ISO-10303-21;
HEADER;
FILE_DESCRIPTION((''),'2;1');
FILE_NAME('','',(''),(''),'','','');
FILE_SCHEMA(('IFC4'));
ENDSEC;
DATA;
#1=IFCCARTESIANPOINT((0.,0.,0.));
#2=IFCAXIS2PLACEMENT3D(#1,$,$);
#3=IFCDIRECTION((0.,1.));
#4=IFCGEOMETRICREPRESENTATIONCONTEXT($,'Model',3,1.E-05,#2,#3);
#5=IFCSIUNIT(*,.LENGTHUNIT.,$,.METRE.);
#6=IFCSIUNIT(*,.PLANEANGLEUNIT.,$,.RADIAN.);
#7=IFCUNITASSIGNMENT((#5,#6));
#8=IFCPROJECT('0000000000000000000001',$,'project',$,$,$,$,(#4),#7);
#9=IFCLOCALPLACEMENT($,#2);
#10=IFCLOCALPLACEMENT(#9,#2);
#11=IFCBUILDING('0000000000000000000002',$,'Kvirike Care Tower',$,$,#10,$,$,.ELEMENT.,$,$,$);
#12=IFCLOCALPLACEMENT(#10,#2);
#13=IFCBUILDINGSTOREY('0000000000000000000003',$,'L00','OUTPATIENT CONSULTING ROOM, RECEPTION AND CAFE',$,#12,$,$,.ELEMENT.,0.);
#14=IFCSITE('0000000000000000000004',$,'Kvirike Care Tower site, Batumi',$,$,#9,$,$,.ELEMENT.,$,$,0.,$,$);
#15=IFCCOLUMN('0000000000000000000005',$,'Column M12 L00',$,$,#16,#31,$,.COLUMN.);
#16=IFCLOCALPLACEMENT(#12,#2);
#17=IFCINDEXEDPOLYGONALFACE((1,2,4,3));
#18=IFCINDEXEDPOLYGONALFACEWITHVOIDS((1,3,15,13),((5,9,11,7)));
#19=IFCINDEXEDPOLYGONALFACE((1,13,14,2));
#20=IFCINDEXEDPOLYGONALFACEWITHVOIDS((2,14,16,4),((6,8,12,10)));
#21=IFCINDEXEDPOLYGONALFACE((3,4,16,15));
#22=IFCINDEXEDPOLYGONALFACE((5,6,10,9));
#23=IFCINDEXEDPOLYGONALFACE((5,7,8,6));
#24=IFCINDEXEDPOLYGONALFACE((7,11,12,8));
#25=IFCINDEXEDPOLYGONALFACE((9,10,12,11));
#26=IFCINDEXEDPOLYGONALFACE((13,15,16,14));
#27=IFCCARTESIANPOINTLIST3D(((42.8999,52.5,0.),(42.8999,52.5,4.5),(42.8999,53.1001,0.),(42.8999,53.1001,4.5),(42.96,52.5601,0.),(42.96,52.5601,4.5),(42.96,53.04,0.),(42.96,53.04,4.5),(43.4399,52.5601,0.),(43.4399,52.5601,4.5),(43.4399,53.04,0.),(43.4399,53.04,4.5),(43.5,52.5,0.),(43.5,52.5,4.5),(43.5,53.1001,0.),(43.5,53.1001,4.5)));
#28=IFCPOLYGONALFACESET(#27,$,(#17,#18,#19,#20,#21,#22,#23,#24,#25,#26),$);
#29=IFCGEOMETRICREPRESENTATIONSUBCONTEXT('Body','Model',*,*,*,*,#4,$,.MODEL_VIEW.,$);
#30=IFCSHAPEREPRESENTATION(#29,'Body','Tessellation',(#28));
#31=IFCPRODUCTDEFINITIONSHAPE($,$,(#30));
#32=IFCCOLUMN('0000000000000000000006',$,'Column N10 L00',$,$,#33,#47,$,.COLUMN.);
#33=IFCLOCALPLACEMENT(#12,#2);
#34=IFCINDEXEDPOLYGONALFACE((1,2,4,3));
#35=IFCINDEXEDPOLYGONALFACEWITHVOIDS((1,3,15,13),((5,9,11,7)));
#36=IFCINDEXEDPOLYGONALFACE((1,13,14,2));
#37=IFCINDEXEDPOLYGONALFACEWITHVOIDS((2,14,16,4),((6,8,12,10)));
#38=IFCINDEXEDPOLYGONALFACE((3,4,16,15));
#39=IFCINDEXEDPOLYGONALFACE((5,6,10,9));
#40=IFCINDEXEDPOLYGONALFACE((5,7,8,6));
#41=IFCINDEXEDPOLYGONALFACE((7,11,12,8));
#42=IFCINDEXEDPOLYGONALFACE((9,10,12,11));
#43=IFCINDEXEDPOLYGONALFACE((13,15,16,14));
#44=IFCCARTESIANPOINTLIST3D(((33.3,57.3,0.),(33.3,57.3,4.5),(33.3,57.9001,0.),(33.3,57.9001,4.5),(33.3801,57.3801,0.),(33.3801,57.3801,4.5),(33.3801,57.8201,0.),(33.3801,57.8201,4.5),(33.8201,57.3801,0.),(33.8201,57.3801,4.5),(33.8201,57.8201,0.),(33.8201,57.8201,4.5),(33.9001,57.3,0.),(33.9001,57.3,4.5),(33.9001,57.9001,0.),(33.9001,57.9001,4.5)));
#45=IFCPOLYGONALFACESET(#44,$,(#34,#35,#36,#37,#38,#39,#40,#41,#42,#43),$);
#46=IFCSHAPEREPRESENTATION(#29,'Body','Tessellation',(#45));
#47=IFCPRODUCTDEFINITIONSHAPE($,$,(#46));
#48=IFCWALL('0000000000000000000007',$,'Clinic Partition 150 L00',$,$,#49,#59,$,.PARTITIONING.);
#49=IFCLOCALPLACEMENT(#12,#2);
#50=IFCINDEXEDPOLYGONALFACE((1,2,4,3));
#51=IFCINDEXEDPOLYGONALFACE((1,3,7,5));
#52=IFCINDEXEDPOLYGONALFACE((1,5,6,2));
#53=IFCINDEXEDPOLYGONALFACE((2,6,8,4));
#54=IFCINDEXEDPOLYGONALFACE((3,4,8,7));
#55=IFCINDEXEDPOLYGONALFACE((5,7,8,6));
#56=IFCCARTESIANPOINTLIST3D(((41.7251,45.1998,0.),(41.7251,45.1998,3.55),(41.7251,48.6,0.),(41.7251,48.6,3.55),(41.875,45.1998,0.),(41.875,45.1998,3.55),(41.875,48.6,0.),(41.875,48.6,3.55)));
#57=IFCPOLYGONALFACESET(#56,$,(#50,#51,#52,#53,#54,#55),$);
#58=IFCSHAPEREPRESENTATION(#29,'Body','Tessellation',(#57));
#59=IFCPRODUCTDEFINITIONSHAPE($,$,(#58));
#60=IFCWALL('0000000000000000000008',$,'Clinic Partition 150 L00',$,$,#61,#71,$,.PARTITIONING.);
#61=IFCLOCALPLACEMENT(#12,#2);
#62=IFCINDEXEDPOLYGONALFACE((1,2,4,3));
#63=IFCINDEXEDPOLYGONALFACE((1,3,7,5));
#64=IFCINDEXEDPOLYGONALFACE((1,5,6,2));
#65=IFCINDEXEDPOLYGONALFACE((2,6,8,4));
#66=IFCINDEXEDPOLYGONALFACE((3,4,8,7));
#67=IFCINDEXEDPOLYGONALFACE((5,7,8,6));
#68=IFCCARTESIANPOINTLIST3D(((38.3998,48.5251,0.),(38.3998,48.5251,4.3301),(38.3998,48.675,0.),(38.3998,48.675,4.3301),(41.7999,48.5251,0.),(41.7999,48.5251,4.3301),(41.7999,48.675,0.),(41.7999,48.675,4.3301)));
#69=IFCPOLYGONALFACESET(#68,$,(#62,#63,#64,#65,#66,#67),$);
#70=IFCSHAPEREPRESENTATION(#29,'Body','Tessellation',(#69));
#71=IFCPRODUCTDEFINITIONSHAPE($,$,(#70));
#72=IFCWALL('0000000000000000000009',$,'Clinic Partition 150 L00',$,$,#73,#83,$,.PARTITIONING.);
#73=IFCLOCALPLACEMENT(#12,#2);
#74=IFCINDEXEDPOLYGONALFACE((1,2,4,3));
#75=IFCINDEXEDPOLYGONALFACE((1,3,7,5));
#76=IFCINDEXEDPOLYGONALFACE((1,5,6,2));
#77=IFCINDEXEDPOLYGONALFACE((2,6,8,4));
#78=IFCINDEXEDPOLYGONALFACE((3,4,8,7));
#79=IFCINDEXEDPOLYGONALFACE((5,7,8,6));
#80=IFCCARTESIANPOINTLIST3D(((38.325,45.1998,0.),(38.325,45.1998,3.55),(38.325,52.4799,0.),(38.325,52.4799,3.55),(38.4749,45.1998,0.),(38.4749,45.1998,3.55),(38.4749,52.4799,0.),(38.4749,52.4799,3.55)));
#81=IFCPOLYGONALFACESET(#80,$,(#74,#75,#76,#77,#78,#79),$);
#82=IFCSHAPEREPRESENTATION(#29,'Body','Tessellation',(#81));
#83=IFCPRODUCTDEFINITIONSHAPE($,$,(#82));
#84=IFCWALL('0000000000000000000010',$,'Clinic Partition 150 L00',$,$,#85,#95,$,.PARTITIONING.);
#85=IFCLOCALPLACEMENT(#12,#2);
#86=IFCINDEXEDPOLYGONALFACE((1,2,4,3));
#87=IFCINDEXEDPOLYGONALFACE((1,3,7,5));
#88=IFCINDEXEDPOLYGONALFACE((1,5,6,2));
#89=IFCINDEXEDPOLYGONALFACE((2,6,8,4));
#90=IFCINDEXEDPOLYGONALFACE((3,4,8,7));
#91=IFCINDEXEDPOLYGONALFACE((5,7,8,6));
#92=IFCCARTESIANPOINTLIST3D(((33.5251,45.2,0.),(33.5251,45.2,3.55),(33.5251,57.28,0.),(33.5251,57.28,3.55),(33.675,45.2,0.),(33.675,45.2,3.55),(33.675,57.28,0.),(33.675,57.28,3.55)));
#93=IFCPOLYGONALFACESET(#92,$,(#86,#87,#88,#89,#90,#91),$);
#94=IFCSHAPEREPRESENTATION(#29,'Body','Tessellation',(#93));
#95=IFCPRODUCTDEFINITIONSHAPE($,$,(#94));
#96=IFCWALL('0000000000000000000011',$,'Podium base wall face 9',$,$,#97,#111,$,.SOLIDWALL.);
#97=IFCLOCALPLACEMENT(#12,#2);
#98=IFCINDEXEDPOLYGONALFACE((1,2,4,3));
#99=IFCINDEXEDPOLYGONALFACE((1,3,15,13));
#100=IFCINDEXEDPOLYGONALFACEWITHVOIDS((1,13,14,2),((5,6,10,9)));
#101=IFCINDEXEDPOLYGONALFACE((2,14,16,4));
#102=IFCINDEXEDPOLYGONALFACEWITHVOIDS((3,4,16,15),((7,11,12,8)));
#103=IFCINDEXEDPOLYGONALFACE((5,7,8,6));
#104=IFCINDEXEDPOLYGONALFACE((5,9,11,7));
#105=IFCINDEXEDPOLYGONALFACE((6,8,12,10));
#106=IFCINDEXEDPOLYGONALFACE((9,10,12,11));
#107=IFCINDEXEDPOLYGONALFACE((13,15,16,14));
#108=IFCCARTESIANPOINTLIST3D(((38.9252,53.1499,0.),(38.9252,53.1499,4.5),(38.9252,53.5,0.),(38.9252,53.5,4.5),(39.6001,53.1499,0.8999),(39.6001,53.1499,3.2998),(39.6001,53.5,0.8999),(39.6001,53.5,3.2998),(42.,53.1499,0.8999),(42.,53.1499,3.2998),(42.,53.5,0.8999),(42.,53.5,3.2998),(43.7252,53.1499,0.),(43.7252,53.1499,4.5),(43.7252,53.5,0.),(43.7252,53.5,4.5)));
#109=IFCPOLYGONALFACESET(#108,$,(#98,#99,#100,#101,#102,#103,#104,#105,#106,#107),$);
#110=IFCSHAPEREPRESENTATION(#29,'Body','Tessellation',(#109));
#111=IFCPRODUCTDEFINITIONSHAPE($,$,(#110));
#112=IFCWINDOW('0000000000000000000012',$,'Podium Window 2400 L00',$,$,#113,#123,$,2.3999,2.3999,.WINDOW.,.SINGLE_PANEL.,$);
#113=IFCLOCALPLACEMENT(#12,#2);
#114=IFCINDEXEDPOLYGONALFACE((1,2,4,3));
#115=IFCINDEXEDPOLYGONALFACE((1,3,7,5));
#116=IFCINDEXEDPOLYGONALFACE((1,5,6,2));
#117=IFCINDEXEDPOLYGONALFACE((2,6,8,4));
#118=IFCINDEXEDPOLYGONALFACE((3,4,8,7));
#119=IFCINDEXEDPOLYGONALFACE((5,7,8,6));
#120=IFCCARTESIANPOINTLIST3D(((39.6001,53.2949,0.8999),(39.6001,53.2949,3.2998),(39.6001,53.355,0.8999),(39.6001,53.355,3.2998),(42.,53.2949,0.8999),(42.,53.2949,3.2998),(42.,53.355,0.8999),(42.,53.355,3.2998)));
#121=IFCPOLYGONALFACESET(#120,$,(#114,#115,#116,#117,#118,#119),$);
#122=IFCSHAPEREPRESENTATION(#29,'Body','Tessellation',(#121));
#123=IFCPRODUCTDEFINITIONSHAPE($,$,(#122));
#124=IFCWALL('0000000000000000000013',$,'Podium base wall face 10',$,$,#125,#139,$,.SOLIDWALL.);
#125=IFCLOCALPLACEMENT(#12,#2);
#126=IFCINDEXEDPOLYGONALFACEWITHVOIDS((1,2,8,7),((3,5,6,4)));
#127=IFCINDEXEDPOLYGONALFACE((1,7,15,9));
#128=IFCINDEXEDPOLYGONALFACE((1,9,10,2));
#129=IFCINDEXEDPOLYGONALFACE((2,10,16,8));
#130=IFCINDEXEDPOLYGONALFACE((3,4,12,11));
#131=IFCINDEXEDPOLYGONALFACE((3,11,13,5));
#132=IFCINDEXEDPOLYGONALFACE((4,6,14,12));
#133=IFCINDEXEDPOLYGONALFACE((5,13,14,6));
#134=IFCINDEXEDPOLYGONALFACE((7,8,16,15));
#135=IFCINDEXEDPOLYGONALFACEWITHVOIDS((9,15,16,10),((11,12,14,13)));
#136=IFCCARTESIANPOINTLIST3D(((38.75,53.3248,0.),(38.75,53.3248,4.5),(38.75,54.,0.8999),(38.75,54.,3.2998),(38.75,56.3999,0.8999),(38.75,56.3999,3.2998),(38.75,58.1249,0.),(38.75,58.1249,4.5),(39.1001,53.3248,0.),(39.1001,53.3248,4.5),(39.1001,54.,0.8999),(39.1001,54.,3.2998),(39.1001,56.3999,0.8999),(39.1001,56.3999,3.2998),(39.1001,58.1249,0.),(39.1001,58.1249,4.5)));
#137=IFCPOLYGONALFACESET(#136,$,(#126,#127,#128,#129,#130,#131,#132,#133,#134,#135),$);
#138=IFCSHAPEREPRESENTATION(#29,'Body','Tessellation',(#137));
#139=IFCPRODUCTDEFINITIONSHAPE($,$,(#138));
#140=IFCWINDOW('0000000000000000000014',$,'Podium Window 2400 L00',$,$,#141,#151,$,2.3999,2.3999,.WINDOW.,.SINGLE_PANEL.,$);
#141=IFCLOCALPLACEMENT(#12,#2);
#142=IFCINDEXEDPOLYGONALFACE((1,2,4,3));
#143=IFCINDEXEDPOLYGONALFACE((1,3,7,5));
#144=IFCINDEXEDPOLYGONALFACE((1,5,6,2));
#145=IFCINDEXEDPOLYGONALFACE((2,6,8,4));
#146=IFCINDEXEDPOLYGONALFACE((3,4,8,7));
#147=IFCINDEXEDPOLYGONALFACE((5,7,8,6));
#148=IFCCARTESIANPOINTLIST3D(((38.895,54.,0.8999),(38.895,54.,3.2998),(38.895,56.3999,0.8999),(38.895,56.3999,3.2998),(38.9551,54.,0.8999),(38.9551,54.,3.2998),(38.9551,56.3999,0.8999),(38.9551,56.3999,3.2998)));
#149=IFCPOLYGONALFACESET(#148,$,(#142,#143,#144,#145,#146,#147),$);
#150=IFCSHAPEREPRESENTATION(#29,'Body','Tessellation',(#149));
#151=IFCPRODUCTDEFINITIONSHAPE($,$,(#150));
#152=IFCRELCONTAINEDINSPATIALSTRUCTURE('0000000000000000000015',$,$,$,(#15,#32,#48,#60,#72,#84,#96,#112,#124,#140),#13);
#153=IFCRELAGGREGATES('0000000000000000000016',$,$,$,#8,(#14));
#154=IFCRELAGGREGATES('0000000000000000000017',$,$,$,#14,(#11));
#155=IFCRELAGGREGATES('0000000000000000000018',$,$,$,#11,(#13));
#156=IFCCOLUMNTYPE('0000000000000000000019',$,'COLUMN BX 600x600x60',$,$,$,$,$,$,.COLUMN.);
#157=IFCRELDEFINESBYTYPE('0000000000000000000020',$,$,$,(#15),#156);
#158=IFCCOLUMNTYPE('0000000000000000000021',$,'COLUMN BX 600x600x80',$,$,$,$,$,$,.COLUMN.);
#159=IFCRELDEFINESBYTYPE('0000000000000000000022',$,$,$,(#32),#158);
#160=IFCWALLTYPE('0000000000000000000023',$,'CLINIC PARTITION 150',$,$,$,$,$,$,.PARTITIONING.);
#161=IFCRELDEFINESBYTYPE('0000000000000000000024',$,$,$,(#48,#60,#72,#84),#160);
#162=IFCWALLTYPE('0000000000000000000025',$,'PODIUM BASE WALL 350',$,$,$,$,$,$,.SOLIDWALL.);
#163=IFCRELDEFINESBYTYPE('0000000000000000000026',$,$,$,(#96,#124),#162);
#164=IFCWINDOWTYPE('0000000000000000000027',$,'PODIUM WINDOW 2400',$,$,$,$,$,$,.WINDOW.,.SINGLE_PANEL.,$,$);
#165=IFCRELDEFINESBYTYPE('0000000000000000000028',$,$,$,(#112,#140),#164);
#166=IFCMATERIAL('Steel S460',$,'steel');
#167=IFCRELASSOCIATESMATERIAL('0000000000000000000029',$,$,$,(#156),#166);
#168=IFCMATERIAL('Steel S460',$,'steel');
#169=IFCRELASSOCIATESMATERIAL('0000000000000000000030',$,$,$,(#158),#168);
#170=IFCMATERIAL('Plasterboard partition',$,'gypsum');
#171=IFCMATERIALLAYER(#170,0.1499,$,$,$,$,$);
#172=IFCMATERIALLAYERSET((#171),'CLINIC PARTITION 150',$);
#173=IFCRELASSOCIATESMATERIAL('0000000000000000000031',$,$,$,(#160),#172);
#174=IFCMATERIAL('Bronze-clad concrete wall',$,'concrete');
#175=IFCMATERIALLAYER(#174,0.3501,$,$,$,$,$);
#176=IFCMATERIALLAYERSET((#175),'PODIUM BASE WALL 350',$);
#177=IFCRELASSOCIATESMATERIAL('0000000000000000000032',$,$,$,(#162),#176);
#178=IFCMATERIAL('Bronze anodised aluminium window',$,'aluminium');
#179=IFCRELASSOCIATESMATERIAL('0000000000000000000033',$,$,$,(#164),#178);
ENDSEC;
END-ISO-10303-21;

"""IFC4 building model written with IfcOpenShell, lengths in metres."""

from ifc_helpers import new_model, si_unit, direction, frame, frame_2d, origin, origin_2d, place, context, subcontext, project, spatial, rectangle, hollow_rectangle, extrude, material, layer, layer_set, material_profile, profile_set, type_object, element, fill, save


model = new_model("IFC4")

# Units and contexts
model_context = context("Model", 3, precision=1e-05, world=origin(), true_north=direction((0.0, 1.0)))
body_context = subcontext(model_context, "Body", "Model", "MODEL_VIEW")
ifc_project = project(units=[si_unit("LENGTHUNIT", "METRE"), si_unit("PLANEANGLEUNIT", "RADIAN")], contexts=[model_context])

# Site, building, storey
site_placement = place(None, origin())
site = spatial("IfcSite", under=ifc_project, at=site_placement, Name="Kvirike Care Tower site, Batumi", CompositionType="ELEMENT", RefElevation=0.0)
building_placement = place(site_placement, origin())
building = spatial("IfcBuilding", under=site, at=building_placement, Name="Kvirike Care Tower", CompositionType="ELEMENT")
storey_placement = place(building_placement, origin())
storey = spatial("IfcBuildingStorey", under=building, at=storey_placement, Name="L00", Description="OUTPATIENT CONSULTING ROOM, RECEPTION AND CAFE", CompositionType="ELEMENT", Elevation=0.0)

# Columns
ifc_material_1 = material(Name="Steel S460", Category="steel")
ifc_material_profile_1 = material_profile(ifc_material_1, hollow_rectangle(XDim=0.6001, YDim=0.6001, WallThickness=0.0601, at=origin_2d()), Name="BX 600x600x60")
ifc_profile_set_1 = profile_set([ifc_material_profile_1], Name="Steel S460")
column_type_1 = type_object("IfcColumnType", Name="COLUMN BX 600x600x60", PredefinedType="COLUMN", material=ifc_profile_set_1)
for number, where, z_axis, x_axis, name in (
    (1, (43.2, 52.8, 0.0), (0.0, 0.0, 1.0), (0.0, 1.0, 0.0), "Column M12 L00"),
):
    element("IfcColumn", number, at=place(storey_placement, frame(where, z_axis=z_axis, x_axis=x_axis)), inside=storey, type_object=column_type_1, Name=name, PredefinedType="COLUMN", context=body_context, shape_type="SweptSolid", body=[
        extrude(hollow_rectangle(XDim=0.6001, YDim=0.6001, WallThickness=0.0601, at=origin_2d()), origin(), (0.0, 0.0, 1.0), 4.5),
    ])
ifc_material_2 = material(Name="Steel S460", Category="steel")
ifc_material_profile_2 = material_profile(ifc_material_2, hollow_rectangle(XDim=0.6001, YDim=0.6001, WallThickness=0.0801, at=origin_2d()), Name="BX 600x600x80")
ifc_profile_set_2 = profile_set([ifc_material_profile_2], Name="Steel S460")
column_type_2 = type_object("IfcColumnType", Name="COLUMN BX 600x600x80", PredefinedType="COLUMN", material=ifc_profile_set_2)
column_placement = place(storey_placement, frame((33.6001, 57.6001, 0.0), z_axis=(0.0, 0.0, 1.0), x_axis=(0.0, 1.0, 0.0)))
element("IfcColumn", 2, at=column_placement, inside=storey, type_object=column_type_2, Name="Column N10 L00", PredefinedType="COLUMN", context=body_context, shape_type="SweptSolid", body=[
    extrude(hollow_rectangle(XDim=0.6001, YDim=0.6001, WallThickness=0.0801, at=origin_2d()), origin(), (0.0, 0.0, 1.0), 4.5),
])

# Walls
ifc_material_3 = material(Name="Plasterboard partition", Category="gypsum")
ifc_layer_1 = layer(ifc_material_3, 0.1499)
ifc_layer_set_1 = layer_set([ifc_layer_1], Name="CLINIC PARTITION 150")
wall_type_1 = type_object("IfcWallType", Name="CLINIC PARTITION 150", PredefinedType="PARTITIONING", material=ifc_layer_set_1)
wall_1_placement = place(storey_placement, frame((41.8, 48.6001, 0.0), z_axis=(0.0, 0.0, 1.0), x_axis=(0.0, -1.0, 0.0)))
element("IfcWall", 3, at=wall_1_placement, inside=storey, type_object=wall_type_1, Name="Clinic Partition 150 L00", PredefinedType="PARTITIONING", context=body_context, shape_type="SweptSolid", body=[
    extrude(rectangle(XDim=3.4001, YDim=0.1499, at=frame_2d((1.7002, 0.0))), origin(), (0.0, 0.0, 1.0), 3.55),
])
wall_2_placement = place(storey_placement, frame((41.8, 48.6001, 0.0), z_axis=(0.0, 0.0, 1.0), x_axis=(-1.0, 0.0, 0.0)))
element("IfcWall", 4, at=wall_2_placement, inside=storey, type_object=wall_type_1, Name="Clinic Partition 150 L00", PredefinedType="PARTITIONING", context=body_context, shape_type="SweptSolid", body=[
    extrude(rectangle(XDim=3.4001, YDim=0.1499, at=frame_2d((1.7002, 0.0))), origin(), (0.0, 0.0, 1.0), 4.3301),
])
wall_3_placement = place(storey_placement, frame((38.3999, 52.48, 0.0), z_axis=(0.0, 0.0, 1.0), x_axis=(0.0, -1.0, 0.0)))
element("IfcWall", 5, at=wall_3_placement, inside=storey, type_object=wall_type_1, Name="Clinic Partition 150 L00", PredefinedType="PARTITIONING", context=body_context, shape_type="SweptSolid", body=[
    extrude(rectangle(XDim=7.28, YDim=0.1499, at=frame_2d((3.6401, 0.0))), origin(), (0.0, 0.0, 1.0), 3.55),
])
wall_4_placement = place(storey_placement, frame((33.6001, 57.28, 0.0), z_axis=(0.0, 0.0, 1.0), x_axis=(0.0, -1.0, 0.0)))
element("IfcWall", 6, at=wall_4_placement, inside=storey, type_object=wall_type_1, Name="Clinic Partition 150 L00", PredefinedType="PARTITIONING", context=body_context, shape_type="SweptSolid", body=[
    extrude(rectangle(XDim=12.0801, YDim=0.1499, at=frame_2d((6.04, 0.0))), origin(), (0.0, 0.0, 1.0), 3.55),
])

# Walls, openings, windows
ifc_material_4 = material(Name="Bronze-clad concrete wall", Category="concrete")
ifc_layer_2 = layer(ifc_material_4, 0.3501)
ifc_layer_set_2 = layer_set([ifc_layer_2], Name="PODIUM BASE WALL 350")
wall_type_2 = type_object("IfcWallType", Name="PODIUM BASE WALL 350", PredefinedType="SOLIDWALL", material=ifc_layer_set_2)
wall_5_placement = place(storey_placement, frame((43.7251, 53.325, 0.0), z_axis=(0.0, 0.0, 1.0), x_axis=(-1.0, 0.0, 0.0)))
wall_5 = element("IfcWall", 7, at=wall_5_placement, inside=storey, type_object=wall_type_2, Name="Podium base wall face 9", PredefinedType="SOLIDWALL", context=body_context, shape_type="SweptSolid", body=[
    extrude(rectangle(XDim=4.8, YDim=0.3501, at=frame_2d((2.3999, 0.0))), origin(), (0.0, 0.0, 1.0), 4.5),
])
opening_1_placement = place(wall_5_placement, frame((1.7251, 0.0, 0.8999)))
opening_1 = element("IfcOpeningElement", 8, at=opening_1_placement, cuts=wall_5, PredefinedType="OPENING", context=body_context, shape_type="SweptSolid", body=[
    extrude(rectangle(XDim=2.3999, YDim=2.3999, at=frame_2d((1.2, 1.2))), frame((0.0, 0.1855, 0.0), z_axis=(0.0, -1.0, 0.0), x_axis=(1.0, 0.0, 0.0)), (0.0, 0.0, 1.0), 0.3711),
])
ifc_material_5 = material(Name="Bronze anodised aluminium window", Category="aluminium")
window_type = type_object("IfcWindowType", Name="PODIUM WINDOW 2400", PartitioningType="SINGLE_PANEL", PredefinedType="WINDOW", material=ifc_material_5)
window_1_placement = place(opening_1_placement, origin())
window_1 = element("IfcWindow", 9, at=window_1_placement, inside=storey, type_object=window_type, Name="Podium Window 2400 L00", OverallHeight=2.3999, OverallWidth=2.3999, PartitioningType="SINGLE_PANEL", PredefinedType="WINDOW", context=body_context, shape_type="SweptSolid", body=[
    extrude(rectangle(XDim=2.3999, YDim=2.3999, at=frame_2d((1.2, 1.2))), frame((0.0, 0.03, 0.0), z_axis=(0.0, -1.0, 0.0), x_axis=(1.0, 0.0, 0.0)), (0.0, 0.0, 1.0), 0.0601),
])
fill(opening_1, window_1)
wall_6_placement = place(storey_placement, frame((38.925, 53.325, 0.0), z_axis=(0.0, 0.0, 1.0), x_axis=(0.0, 1.0, 0.0)))
wall_6 = element("IfcWall", 10, at=wall_6_placement, inside=storey, type_object=wall_type_2, Name="Podium base wall face 10", PredefinedType="SOLIDWALL", context=body_context, shape_type="SweptSolid", body=[
    extrude(rectangle(XDim=4.8, YDim=0.3501, at=frame_2d((2.3999, 0.0))), origin(), (0.0, 0.0, 1.0), 4.5),
])
opening_2_placement = place(wall_6_placement, frame((0.675, 0.0, 0.8999)))
opening_2 = element("IfcOpeningElement", 11, at=opening_2_placement, cuts=wall_6, PredefinedType="OPENING", context=body_context, shape_type="SweptSolid", body=[
    extrude(rectangle(XDim=2.3999, YDim=2.3999, at=frame_2d((1.2, 1.2))), frame((0.0, 0.1855, 0.0), z_axis=(0.0, -1.0, 0.0), x_axis=(1.0, 0.0, 0.0)), (0.0, 0.0, 1.0), 0.3711),
])
window_2_placement = place(opening_2_placement, origin())
window_2 = element("IfcWindow", 12, at=window_2_placement, inside=storey, type_object=window_type, Name="Podium Window 2400 L00", OverallHeight=2.3999, OverallWidth=2.3999, PartitioningType="SINGLE_PANEL", PredefinedType="WINDOW", context=body_context, shape_type="SweptSolid", body=[
    extrude(rectangle(XDim=2.3999, YDim=2.3999, at=frame_2d((1.2, 1.2))), frame((0.0, 0.03, 0.0), z_axis=(0.0, -1.0, 0.0), x_axis=(1.0, 0.0, 0.0)), (0.0, 0.0, 1.0), 0.0601),
])
fill(opening_2, window_2)

save(model, "model.ifc")
